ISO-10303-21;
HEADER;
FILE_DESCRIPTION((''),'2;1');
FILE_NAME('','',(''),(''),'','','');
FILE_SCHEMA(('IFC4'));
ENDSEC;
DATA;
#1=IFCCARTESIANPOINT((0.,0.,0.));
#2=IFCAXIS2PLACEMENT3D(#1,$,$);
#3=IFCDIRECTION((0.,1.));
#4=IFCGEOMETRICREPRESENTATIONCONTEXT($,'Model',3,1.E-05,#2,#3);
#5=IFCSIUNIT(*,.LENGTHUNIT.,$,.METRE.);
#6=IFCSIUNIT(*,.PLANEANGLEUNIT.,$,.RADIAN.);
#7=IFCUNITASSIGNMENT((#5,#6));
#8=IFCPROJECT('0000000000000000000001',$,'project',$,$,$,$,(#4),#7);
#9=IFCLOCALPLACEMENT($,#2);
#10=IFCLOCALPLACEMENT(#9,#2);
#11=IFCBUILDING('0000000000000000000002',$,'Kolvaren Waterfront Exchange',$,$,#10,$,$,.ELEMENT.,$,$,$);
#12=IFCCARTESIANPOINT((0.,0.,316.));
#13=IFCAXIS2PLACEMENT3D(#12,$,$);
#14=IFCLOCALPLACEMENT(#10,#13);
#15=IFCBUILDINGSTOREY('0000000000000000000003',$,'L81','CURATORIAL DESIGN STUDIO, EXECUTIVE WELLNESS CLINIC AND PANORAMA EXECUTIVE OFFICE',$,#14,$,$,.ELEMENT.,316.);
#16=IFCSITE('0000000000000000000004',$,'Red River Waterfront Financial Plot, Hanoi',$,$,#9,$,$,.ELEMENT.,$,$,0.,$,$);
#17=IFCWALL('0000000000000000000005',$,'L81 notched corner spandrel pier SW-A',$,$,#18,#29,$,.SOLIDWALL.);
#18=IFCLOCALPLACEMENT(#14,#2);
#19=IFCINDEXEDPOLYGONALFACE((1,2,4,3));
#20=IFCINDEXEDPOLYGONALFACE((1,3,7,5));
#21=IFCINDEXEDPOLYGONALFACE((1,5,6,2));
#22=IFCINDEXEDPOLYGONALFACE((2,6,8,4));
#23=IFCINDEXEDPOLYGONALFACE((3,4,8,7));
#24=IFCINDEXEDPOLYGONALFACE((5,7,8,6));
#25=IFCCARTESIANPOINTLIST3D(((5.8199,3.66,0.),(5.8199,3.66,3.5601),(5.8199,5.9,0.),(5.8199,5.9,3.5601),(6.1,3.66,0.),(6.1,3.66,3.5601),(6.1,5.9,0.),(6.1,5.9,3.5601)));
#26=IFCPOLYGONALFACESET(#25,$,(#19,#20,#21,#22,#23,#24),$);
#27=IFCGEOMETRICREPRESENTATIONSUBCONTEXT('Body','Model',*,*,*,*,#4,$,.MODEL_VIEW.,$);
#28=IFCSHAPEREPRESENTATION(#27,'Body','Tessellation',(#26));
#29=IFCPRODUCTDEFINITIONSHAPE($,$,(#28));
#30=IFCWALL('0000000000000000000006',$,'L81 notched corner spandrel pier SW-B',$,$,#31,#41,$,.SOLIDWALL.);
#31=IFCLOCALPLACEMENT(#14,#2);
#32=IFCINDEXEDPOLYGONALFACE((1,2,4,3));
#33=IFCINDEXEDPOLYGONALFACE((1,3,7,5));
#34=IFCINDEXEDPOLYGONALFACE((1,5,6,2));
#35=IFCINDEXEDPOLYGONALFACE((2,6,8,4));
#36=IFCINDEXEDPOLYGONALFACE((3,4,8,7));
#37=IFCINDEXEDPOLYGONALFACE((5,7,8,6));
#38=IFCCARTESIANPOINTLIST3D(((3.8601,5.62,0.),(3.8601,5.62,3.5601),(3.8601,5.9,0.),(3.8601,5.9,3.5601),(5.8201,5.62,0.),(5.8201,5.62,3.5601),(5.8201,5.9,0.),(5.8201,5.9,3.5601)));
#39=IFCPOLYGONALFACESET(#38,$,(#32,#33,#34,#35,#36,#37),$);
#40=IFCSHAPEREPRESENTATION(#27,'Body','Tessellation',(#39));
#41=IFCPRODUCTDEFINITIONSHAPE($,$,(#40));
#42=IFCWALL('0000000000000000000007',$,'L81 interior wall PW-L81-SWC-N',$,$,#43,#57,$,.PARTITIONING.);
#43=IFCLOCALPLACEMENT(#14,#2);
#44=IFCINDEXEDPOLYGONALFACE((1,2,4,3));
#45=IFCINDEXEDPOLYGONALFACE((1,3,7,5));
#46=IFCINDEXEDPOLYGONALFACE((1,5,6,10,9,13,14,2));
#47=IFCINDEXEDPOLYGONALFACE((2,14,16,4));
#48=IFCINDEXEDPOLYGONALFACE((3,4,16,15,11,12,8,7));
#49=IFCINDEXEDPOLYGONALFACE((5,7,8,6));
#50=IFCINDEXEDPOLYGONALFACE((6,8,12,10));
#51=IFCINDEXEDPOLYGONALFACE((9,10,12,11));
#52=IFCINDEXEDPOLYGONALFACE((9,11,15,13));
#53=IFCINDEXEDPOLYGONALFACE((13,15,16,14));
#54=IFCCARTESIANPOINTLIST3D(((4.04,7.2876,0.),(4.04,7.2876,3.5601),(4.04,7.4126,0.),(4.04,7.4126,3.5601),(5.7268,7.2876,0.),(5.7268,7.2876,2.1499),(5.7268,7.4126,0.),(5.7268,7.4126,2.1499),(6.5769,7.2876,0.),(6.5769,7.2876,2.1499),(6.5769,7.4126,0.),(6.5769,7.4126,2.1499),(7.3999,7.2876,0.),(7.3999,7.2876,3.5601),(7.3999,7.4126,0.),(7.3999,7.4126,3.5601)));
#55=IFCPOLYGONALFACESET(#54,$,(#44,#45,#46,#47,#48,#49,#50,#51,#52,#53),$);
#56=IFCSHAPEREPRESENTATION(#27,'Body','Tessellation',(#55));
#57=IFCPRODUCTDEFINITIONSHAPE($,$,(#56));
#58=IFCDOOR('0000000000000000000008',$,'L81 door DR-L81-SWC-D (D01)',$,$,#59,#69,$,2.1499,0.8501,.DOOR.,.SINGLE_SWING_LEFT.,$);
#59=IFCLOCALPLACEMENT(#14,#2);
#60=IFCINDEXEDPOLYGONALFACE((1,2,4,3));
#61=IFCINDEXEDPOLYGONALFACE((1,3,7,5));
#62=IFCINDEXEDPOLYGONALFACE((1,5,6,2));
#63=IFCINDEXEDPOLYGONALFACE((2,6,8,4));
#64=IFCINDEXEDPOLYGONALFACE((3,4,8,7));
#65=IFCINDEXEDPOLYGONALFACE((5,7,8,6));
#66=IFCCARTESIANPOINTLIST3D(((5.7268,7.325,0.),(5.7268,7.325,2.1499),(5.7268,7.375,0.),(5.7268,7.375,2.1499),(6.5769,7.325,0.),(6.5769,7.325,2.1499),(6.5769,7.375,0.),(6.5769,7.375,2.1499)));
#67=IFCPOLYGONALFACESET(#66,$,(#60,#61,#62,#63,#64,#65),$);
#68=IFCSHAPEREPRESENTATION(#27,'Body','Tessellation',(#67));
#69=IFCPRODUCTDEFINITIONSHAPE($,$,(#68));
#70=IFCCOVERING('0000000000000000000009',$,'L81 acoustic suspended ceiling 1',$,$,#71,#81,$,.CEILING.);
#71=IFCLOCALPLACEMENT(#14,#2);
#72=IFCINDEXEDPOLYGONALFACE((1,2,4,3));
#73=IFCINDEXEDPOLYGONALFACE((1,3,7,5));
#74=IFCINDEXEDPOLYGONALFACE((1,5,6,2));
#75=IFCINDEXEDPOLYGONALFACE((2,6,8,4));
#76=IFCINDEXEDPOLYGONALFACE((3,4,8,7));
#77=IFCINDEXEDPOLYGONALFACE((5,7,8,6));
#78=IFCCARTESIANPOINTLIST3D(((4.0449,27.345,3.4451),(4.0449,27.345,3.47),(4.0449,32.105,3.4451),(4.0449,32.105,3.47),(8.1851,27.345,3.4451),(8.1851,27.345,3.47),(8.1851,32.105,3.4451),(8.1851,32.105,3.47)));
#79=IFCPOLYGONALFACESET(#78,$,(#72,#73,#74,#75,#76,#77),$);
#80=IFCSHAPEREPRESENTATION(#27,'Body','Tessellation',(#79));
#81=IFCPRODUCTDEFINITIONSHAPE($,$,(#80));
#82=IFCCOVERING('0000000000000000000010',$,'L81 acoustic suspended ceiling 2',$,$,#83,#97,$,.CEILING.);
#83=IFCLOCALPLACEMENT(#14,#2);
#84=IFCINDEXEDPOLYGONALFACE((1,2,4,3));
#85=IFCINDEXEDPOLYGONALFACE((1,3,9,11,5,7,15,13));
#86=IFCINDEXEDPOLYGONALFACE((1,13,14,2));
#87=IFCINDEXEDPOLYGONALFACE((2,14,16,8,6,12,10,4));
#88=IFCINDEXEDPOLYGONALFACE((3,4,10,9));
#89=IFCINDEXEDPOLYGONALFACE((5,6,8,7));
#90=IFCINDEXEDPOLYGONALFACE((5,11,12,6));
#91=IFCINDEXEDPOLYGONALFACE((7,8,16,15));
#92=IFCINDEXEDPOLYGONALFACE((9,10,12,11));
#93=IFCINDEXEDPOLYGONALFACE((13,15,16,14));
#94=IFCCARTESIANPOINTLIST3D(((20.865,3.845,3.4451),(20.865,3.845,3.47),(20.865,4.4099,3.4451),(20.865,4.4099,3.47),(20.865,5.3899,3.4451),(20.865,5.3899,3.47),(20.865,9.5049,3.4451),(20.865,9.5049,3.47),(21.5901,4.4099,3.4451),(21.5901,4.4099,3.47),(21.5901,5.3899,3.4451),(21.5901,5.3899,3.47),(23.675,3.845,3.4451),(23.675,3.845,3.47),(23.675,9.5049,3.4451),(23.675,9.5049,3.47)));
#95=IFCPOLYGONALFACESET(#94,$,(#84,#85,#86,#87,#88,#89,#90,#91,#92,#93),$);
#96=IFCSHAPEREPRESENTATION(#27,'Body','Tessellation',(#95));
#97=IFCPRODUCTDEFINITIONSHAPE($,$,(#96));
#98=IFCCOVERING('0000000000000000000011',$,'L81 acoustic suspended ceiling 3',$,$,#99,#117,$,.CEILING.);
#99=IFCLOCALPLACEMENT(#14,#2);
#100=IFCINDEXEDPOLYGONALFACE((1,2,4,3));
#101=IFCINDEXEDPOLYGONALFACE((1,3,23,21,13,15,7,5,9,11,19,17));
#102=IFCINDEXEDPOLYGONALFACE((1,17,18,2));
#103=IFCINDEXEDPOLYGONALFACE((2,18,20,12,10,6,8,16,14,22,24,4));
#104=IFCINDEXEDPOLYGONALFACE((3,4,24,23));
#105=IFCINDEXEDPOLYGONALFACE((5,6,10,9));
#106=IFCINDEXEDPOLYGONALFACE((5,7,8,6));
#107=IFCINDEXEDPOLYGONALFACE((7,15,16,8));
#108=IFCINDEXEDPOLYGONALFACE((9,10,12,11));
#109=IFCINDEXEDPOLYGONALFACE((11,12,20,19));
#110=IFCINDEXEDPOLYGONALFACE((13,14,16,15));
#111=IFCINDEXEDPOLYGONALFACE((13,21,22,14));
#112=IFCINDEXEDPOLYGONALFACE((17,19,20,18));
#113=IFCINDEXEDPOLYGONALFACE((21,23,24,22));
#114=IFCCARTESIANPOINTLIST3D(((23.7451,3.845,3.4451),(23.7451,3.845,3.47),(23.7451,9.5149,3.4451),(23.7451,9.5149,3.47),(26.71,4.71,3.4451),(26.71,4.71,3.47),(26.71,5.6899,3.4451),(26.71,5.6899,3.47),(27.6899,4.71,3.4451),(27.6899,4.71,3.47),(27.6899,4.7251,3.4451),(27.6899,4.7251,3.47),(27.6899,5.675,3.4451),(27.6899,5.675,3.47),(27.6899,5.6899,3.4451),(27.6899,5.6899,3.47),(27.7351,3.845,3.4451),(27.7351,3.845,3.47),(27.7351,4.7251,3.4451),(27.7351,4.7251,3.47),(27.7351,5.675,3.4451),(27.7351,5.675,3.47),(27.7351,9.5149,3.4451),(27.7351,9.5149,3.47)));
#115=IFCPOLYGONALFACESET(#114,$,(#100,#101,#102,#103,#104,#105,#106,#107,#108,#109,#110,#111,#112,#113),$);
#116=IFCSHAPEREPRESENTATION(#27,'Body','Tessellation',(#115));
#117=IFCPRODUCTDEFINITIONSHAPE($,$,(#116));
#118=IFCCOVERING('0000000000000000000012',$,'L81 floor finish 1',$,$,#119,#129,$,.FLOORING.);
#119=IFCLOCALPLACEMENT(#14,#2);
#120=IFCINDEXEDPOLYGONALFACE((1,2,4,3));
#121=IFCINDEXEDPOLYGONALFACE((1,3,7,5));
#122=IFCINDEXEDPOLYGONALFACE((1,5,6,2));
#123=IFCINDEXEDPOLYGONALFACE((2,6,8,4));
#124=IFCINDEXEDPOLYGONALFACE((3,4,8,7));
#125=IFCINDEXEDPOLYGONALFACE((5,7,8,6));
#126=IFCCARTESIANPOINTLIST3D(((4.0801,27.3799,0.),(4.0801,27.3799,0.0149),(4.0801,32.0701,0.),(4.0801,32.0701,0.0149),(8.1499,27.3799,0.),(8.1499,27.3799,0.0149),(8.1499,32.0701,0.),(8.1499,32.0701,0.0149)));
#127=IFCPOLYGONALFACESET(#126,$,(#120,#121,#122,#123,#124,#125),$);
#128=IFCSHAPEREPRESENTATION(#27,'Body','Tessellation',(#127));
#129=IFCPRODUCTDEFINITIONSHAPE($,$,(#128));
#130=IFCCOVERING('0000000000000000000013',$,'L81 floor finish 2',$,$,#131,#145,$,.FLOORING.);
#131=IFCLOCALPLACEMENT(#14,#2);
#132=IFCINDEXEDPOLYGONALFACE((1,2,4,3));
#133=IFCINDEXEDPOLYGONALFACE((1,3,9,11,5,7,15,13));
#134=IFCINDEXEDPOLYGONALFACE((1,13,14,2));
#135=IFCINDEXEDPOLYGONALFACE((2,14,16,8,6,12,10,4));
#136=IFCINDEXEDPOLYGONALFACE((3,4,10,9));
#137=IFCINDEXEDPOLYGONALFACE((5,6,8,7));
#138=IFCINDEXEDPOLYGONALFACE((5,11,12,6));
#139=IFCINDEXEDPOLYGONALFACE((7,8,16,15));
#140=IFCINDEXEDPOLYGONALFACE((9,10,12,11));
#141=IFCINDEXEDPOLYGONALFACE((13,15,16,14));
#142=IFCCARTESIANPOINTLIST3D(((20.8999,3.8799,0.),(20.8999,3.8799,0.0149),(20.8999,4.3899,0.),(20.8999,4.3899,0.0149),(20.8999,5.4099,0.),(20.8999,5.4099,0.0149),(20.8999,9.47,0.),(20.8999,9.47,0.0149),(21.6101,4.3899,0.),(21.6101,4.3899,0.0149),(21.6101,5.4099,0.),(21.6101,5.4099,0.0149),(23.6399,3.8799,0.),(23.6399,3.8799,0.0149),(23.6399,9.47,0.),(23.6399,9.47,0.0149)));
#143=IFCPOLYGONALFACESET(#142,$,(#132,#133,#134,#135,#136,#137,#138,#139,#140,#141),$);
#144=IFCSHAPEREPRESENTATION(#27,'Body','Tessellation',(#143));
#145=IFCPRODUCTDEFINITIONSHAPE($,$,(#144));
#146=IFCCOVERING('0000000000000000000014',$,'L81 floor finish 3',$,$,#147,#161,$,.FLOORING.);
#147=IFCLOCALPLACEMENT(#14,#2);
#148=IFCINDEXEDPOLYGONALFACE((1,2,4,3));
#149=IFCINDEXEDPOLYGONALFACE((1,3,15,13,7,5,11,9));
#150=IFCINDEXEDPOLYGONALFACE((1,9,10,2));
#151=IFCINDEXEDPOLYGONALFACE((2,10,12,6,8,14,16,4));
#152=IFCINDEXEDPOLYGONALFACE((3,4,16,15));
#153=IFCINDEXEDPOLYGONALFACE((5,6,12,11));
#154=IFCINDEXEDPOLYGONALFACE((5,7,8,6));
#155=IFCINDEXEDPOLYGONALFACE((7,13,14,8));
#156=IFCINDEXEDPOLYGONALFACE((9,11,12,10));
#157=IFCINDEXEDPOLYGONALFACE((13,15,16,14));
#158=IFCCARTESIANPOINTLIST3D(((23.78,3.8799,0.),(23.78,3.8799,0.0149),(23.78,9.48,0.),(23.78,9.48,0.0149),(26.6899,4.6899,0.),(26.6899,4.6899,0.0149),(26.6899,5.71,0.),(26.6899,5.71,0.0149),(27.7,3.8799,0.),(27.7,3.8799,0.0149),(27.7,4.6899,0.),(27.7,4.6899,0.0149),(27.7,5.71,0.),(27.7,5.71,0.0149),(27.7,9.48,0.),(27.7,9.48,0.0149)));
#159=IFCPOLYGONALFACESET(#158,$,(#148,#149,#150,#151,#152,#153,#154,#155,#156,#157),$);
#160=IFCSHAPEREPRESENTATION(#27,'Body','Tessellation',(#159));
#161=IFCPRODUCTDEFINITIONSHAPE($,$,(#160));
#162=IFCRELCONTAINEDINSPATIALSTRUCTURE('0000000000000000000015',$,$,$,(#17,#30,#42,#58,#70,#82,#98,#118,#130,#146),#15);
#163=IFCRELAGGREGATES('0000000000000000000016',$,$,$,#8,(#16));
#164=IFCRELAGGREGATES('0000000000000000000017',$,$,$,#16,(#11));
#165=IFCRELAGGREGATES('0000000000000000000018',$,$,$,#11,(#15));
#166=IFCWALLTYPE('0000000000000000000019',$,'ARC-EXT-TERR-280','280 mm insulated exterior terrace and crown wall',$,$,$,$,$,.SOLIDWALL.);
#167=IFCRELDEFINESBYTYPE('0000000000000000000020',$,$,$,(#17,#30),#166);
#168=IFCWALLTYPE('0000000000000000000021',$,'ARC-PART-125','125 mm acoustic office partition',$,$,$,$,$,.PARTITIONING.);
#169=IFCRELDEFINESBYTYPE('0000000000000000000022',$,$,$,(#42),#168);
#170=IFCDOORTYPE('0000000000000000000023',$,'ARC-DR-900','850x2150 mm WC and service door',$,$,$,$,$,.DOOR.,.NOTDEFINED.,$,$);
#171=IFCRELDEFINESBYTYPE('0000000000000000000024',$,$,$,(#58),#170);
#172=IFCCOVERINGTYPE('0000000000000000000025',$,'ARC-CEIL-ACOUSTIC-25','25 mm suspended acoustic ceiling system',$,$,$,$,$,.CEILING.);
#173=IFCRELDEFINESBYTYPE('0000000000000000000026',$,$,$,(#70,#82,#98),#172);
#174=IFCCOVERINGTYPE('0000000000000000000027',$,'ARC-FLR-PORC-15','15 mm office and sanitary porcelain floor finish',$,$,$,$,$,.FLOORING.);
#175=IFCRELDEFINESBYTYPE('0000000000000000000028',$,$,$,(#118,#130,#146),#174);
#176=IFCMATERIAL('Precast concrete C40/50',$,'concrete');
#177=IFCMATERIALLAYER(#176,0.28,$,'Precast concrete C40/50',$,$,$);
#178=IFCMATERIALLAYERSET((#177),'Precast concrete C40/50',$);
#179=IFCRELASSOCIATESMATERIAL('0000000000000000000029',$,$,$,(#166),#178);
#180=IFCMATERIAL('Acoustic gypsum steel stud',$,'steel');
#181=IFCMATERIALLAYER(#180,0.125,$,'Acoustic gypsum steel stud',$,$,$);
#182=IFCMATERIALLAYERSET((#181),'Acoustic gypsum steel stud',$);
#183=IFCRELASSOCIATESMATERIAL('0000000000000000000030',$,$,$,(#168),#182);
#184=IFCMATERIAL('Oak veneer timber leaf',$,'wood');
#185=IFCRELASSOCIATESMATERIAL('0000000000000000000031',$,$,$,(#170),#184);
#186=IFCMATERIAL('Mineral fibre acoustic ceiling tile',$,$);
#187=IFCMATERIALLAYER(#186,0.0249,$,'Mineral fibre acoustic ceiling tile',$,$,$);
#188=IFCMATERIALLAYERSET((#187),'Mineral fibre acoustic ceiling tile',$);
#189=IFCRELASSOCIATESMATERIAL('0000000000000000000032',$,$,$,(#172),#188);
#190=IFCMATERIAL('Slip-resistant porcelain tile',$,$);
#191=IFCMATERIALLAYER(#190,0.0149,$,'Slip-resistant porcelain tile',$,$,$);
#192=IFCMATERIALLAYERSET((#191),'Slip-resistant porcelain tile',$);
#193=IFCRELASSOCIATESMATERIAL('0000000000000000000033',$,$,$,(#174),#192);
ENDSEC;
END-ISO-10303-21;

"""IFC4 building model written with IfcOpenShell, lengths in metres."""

from ifc_helpers import new_model, si_unit, direction, frame, frame_2d, origin, place, context, subcontext, project, spatial, polyline, rectangle, outline, extrude, material, layer, layer_set, type_object, element, fill, save


model = new_model("IFC4")

# Units and contexts
model_context = context("Model", 3, precision=1e-05, world=origin(), true_north=direction((0.0, 1.0)))
body_context = subcontext(model_context, "Body", "Model", "MODEL_VIEW")
ifc_project = project(units=[si_unit("LENGTHUNIT", "METRE"), si_unit("PLANEANGLEUNIT", "RADIAN")], contexts=[model_context])

# Site, building, storey
site_placement = place(None, origin())
site = spatial("IfcSite", under=ifc_project, at=site_placement, Name="Red River Waterfront Financial Plot, Hanoi", CompositionType="ELEMENT", RefElevation=0.0)
building_placement = place(site_placement, origin())
building = spatial("IfcBuilding", under=site, at=building_placement, Name="Kolvaren Waterfront Exchange", CompositionType="ELEMENT")
storey_placement = place(building_placement, frame((0.0, 0.0, 316.0)))
storey = spatial("IfcBuildingStorey", under=building, at=storey_placement, Name="L81", Description="CURATORIAL DESIGN STUDIO, EXECUTIVE WELLNESS CLINIC AND PANORAMA EXECUTIVE OFFICE", CompositionType="ELEMENT", Elevation=316.0)

# Walls
ifc_material_1 = material(Name="Precast concrete C40/50", Category="concrete")
ifc_layer_1 = layer(ifc_material_1, 0.28, Name="Precast concrete C40/50")
ifc_layer_set_1 = layer_set([ifc_layer_1], Name="Precast concrete C40/50")
wall_type_1 = type_object("IfcWallType", Name="ARC-EXT-TERR-280", Description="280 mm insulated exterior terrace and crown wall", PredefinedType="SOLIDWALL", material=ifc_layer_set_1)
wall_1_placement = place(storey_placement, frame((5.96, 3.6599, 0.0), z_axis=(0.0, 0.0, 1.0), x_axis=(0.0, 1.0, 0.0)))
element("IfcWall", 1, at=wall_1_placement, inside=storey, type_object=wall_type_1, Name="L81 notched corner spandrel pier SW-A", PredefinedType="SOLIDWALL", context=body_context, shape_type="SweptSolid", body=[
    extrude(rectangle(XDim=2.24, YDim=0.28, at=frame_2d((1.1201, 0.0))), origin(), (0.0, 0.0, 1.0), 3.5601),
])
wall_2_placement = place(storey_placement, frame((3.8601, 5.76, 0.0), z_axis=(0.0, 0.0, 1.0), x_axis=(1.0, 0.0, 0.0)))
element("IfcWall", 2, at=wall_2_placement, inside=storey, type_object=wall_type_1, Name="L81 notched corner spandrel pier SW-B", PredefinedType="SOLIDWALL", context=body_context, shape_type="SweptSolid", body=[
    extrude(rectangle(XDim=1.96, YDim=0.28, at=frame_2d((0.98, 0.0))), origin(), (0.0, 0.0, 1.0), 3.5601),
])

# Wall, opening, door
ifc_material_2 = material(Name="Acoustic gypsum steel stud", Category="steel")
ifc_layer_2 = layer(ifc_material_2, 0.125, Name="Acoustic gypsum steel stud")
ifc_layer_set_2 = layer_set([ifc_layer_2], Name="Acoustic gypsum steel stud")
wall_type_2 = type_object("IfcWallType", Name="ARC-PART-125", Description="125 mm acoustic office partition", PredefinedType="PARTITIONING", material=ifc_layer_set_2)
wall_3_placement = place(storey_placement, frame((4.04, 7.3501, 0.0), z_axis=(0.0, 0.0, 1.0), x_axis=(1.0, 0.0, 0.0)))
wall_3 = element("IfcWall", 3, at=wall_3_placement, inside=storey, type_object=wall_type_2, Name="L81 interior wall PW-L81-SWC-N", PredefinedType="PARTITIONING", context=body_context, shape_type="SweptSolid", body=[
    extrude(rectangle(XDim=3.3599, YDim=0.125, at=frame_2d((1.6799, 0.0))), origin(), (0.0, 0.0, 1.0), 3.5601),
])
opening_placement = place(wall_3_placement, frame((1.6868, 0.0, 0.0)))
opening = element("IfcOpeningElement", 4, at=opening_placement, cuts=wall_3, PredefinedType="OPENING", context=body_context, shape_type="SweptSolid", body=[
    extrude(rectangle(XDim=0.8501, YDim=2.1499, at=frame_2d((0.425, 1.075))), frame((0.0, 0.0725, 0.0), z_axis=(0.0, -1.0, 0.0), x_axis=(1.0, 0.0, 0.0)), (0.0, 0.0, 1.0), 0.145),
])
ifc_material_3 = material(Name="Oak veneer timber leaf", Category="wood")
door_type = type_object("IfcDoorType", Name="ARC-DR-900", Description="850x2150 mm WC and service door", OperationType="NOTDEFINED", PredefinedType="DOOR", material=ifc_material_3)
door_placement = place(opening_placement, origin())
door = element("IfcDoor", 5, at=door_placement, inside=storey, type_object=door_type, Name="L81 door DR-L81-SWC-D (D01)", OperationType="SINGLE_SWING_LEFT", OverallHeight=2.1499, OverallWidth=0.8501, PredefinedType="DOOR", context=body_context, shape_type="SweptSolid", body=[
    extrude(rectangle(XDim=0.8501, YDim=2.1499, at=frame_2d((0.425, 1.075))), frame((0.0, 0.0249, 0.0), z_axis=(0.0, -1.0, 0.0), x_axis=(1.0, 0.0, 0.0)), (0.0, 0.0, 1.0), 0.05),
])
fill(opening, door)

# Coverings
ifc_material_4 = material(Name="Mineral fibre acoustic ceiling tile")
ifc_layer_3 = layer(ifc_material_4, 0.0249, Name="Mineral fibre acoustic ceiling tile")
ifc_layer_set_3 = layer_set([ifc_layer_3], Name="Mineral fibre acoustic ceiling tile")
covering_type_1 = type_object("IfcCoveringType", Name="ARC-CEIL-ACOUSTIC-25", Description="25 mm suspended acoustic ceiling system", PredefinedType="CEILING", material=ifc_layer_set_3)
covering_1_placement = place(storey_placement, frame((0.0, 0.0, 3.4451)))
element("IfcCovering", 6, at=covering_1_placement, inside=storey, type_object=covering_type_1, Name="L81 acoustic suspended ceiling 1", PredefinedType="CEILING", context=body_context, shape_type="SweptSolid", body=[
    extrude(outline(polyline([(8.1851, 27.345), (8.1851, 32.105), (4.0449, 32.105), (4.0449, 27.345), (8.1851, 27.345)])), origin(), (0.0, 0.0, 1.0), 0.0249),
])
covering_2_placement = place(storey_placement, frame((0.0, 0.0, 3.4451)))
element("IfcCovering", 7, at=covering_2_placement, inside=storey, type_object=covering_type_1, Name="L81 acoustic suspended ceiling 2", PredefinedType="CEILING", context=body_context, shape_type="SweptSolid", body=[
    extrude(outline(polyline([(20.865, 5.3899), (21.5901, 5.3899), (21.5901, 4.4099), (20.865, 4.4099), (20.865, 3.845), (23.675, 3.845), (23.675, 9.5049), (20.865, 9.5049), (20.865, 5.3899)])), origin(), (0.0, 0.0, 1.0), 0.0249),
])
covering_3_placement = place(storey_placement, frame((0.0, 0.0, 3.4451)))
element("IfcCovering", 8, at=covering_3_placement, inside=storey, type_object=covering_type_1, Name="L81 acoustic suspended ceiling 3", PredefinedType="CEILING", context=body_context, shape_type="SweptSolid", body=[
    extrude(outline(polyline([(27.7351, 5.675), (27.7351, 9.5149), (23.7451, 9.5149), (23.7451, 3.845), (27.7351, 3.845), (27.7351, 4.7251), (27.6899, 4.7251), (27.6899, 4.71), (26.71, 4.71), (26.71, 5.6899), (27.6899, 5.6899), (27.6899, 5.675), (27.7351, 5.675)])), origin(), (0.0, 0.0, 1.0), 0.0249),
])
ifc_material_5 = material(Name="Slip-resistant porcelain tile")
ifc_layer_4 = layer(ifc_material_5, 0.0149, Name="Slip-resistant porcelain tile")
ifc_layer_set_4 = layer_set([ifc_layer_4], Name="Slip-resistant porcelain tile")
covering_type_2 = type_object("IfcCoveringType", Name="ARC-FLR-PORC-15", Description="15 mm office and sanitary porcelain floor finish", PredefinedType="FLOORING", material=ifc_layer_set_4)
covering_4_placement = place(storey_placement, origin())
element("IfcCovering", 9, at=covering_4_placement, inside=storey, type_object=covering_type_2, Name="L81 floor finish 1", PredefinedType="FLOORING", context=body_context, shape_type="SweptSolid", body=[
    extrude(outline(polyline([(4.0801, 32.0701), (4.0801, 27.3799), (8.1499, 27.3799), (8.1499, 32.0701), (4.0801, 32.0701)])), origin(), (0.0, 0.0, 1.0), 0.0149),
])
covering_5_placement = place(storey_placement, origin())
element("IfcCovering", 10, at=covering_5_placement, inside=storey, type_object=covering_type_2, Name="L81 floor finish 2", PredefinedType="FLOORING", context=body_context, shape_type="SweptSolid", body=[
    extrude(outline(polyline([(20.8999, 4.3899), (20.8999, 3.8799), (23.6399, 3.8799), (23.6399, 9.47), (20.8999, 9.47), (20.8999, 5.4099), (21.6101, 5.4099), (21.6101, 4.3899), (20.8999, 4.3899)])), origin(), (0.0, 0.0, 1.0), 0.0149),
])
covering_6_placement = place(storey_placement, origin())
element("IfcCovering", 11, at=covering_6_placement, inside=storey, type_object=covering_type_2, Name="L81 floor finish 3", PredefinedType="FLOORING", context=body_context, shape_type="SweptSolid", body=[
    extrude(outline(polyline([(23.78, 9.48), (23.78, 3.8799), (27.7, 3.8799), (27.7, 4.6899), (26.6899, 4.6899), (26.6899, 5.71), (27.7, 5.71), (27.7, 9.48), (23.78, 9.48)])), origin(), (0.0, 0.0, 1.0), 0.0149),
])

save(model, "model.ifc")
